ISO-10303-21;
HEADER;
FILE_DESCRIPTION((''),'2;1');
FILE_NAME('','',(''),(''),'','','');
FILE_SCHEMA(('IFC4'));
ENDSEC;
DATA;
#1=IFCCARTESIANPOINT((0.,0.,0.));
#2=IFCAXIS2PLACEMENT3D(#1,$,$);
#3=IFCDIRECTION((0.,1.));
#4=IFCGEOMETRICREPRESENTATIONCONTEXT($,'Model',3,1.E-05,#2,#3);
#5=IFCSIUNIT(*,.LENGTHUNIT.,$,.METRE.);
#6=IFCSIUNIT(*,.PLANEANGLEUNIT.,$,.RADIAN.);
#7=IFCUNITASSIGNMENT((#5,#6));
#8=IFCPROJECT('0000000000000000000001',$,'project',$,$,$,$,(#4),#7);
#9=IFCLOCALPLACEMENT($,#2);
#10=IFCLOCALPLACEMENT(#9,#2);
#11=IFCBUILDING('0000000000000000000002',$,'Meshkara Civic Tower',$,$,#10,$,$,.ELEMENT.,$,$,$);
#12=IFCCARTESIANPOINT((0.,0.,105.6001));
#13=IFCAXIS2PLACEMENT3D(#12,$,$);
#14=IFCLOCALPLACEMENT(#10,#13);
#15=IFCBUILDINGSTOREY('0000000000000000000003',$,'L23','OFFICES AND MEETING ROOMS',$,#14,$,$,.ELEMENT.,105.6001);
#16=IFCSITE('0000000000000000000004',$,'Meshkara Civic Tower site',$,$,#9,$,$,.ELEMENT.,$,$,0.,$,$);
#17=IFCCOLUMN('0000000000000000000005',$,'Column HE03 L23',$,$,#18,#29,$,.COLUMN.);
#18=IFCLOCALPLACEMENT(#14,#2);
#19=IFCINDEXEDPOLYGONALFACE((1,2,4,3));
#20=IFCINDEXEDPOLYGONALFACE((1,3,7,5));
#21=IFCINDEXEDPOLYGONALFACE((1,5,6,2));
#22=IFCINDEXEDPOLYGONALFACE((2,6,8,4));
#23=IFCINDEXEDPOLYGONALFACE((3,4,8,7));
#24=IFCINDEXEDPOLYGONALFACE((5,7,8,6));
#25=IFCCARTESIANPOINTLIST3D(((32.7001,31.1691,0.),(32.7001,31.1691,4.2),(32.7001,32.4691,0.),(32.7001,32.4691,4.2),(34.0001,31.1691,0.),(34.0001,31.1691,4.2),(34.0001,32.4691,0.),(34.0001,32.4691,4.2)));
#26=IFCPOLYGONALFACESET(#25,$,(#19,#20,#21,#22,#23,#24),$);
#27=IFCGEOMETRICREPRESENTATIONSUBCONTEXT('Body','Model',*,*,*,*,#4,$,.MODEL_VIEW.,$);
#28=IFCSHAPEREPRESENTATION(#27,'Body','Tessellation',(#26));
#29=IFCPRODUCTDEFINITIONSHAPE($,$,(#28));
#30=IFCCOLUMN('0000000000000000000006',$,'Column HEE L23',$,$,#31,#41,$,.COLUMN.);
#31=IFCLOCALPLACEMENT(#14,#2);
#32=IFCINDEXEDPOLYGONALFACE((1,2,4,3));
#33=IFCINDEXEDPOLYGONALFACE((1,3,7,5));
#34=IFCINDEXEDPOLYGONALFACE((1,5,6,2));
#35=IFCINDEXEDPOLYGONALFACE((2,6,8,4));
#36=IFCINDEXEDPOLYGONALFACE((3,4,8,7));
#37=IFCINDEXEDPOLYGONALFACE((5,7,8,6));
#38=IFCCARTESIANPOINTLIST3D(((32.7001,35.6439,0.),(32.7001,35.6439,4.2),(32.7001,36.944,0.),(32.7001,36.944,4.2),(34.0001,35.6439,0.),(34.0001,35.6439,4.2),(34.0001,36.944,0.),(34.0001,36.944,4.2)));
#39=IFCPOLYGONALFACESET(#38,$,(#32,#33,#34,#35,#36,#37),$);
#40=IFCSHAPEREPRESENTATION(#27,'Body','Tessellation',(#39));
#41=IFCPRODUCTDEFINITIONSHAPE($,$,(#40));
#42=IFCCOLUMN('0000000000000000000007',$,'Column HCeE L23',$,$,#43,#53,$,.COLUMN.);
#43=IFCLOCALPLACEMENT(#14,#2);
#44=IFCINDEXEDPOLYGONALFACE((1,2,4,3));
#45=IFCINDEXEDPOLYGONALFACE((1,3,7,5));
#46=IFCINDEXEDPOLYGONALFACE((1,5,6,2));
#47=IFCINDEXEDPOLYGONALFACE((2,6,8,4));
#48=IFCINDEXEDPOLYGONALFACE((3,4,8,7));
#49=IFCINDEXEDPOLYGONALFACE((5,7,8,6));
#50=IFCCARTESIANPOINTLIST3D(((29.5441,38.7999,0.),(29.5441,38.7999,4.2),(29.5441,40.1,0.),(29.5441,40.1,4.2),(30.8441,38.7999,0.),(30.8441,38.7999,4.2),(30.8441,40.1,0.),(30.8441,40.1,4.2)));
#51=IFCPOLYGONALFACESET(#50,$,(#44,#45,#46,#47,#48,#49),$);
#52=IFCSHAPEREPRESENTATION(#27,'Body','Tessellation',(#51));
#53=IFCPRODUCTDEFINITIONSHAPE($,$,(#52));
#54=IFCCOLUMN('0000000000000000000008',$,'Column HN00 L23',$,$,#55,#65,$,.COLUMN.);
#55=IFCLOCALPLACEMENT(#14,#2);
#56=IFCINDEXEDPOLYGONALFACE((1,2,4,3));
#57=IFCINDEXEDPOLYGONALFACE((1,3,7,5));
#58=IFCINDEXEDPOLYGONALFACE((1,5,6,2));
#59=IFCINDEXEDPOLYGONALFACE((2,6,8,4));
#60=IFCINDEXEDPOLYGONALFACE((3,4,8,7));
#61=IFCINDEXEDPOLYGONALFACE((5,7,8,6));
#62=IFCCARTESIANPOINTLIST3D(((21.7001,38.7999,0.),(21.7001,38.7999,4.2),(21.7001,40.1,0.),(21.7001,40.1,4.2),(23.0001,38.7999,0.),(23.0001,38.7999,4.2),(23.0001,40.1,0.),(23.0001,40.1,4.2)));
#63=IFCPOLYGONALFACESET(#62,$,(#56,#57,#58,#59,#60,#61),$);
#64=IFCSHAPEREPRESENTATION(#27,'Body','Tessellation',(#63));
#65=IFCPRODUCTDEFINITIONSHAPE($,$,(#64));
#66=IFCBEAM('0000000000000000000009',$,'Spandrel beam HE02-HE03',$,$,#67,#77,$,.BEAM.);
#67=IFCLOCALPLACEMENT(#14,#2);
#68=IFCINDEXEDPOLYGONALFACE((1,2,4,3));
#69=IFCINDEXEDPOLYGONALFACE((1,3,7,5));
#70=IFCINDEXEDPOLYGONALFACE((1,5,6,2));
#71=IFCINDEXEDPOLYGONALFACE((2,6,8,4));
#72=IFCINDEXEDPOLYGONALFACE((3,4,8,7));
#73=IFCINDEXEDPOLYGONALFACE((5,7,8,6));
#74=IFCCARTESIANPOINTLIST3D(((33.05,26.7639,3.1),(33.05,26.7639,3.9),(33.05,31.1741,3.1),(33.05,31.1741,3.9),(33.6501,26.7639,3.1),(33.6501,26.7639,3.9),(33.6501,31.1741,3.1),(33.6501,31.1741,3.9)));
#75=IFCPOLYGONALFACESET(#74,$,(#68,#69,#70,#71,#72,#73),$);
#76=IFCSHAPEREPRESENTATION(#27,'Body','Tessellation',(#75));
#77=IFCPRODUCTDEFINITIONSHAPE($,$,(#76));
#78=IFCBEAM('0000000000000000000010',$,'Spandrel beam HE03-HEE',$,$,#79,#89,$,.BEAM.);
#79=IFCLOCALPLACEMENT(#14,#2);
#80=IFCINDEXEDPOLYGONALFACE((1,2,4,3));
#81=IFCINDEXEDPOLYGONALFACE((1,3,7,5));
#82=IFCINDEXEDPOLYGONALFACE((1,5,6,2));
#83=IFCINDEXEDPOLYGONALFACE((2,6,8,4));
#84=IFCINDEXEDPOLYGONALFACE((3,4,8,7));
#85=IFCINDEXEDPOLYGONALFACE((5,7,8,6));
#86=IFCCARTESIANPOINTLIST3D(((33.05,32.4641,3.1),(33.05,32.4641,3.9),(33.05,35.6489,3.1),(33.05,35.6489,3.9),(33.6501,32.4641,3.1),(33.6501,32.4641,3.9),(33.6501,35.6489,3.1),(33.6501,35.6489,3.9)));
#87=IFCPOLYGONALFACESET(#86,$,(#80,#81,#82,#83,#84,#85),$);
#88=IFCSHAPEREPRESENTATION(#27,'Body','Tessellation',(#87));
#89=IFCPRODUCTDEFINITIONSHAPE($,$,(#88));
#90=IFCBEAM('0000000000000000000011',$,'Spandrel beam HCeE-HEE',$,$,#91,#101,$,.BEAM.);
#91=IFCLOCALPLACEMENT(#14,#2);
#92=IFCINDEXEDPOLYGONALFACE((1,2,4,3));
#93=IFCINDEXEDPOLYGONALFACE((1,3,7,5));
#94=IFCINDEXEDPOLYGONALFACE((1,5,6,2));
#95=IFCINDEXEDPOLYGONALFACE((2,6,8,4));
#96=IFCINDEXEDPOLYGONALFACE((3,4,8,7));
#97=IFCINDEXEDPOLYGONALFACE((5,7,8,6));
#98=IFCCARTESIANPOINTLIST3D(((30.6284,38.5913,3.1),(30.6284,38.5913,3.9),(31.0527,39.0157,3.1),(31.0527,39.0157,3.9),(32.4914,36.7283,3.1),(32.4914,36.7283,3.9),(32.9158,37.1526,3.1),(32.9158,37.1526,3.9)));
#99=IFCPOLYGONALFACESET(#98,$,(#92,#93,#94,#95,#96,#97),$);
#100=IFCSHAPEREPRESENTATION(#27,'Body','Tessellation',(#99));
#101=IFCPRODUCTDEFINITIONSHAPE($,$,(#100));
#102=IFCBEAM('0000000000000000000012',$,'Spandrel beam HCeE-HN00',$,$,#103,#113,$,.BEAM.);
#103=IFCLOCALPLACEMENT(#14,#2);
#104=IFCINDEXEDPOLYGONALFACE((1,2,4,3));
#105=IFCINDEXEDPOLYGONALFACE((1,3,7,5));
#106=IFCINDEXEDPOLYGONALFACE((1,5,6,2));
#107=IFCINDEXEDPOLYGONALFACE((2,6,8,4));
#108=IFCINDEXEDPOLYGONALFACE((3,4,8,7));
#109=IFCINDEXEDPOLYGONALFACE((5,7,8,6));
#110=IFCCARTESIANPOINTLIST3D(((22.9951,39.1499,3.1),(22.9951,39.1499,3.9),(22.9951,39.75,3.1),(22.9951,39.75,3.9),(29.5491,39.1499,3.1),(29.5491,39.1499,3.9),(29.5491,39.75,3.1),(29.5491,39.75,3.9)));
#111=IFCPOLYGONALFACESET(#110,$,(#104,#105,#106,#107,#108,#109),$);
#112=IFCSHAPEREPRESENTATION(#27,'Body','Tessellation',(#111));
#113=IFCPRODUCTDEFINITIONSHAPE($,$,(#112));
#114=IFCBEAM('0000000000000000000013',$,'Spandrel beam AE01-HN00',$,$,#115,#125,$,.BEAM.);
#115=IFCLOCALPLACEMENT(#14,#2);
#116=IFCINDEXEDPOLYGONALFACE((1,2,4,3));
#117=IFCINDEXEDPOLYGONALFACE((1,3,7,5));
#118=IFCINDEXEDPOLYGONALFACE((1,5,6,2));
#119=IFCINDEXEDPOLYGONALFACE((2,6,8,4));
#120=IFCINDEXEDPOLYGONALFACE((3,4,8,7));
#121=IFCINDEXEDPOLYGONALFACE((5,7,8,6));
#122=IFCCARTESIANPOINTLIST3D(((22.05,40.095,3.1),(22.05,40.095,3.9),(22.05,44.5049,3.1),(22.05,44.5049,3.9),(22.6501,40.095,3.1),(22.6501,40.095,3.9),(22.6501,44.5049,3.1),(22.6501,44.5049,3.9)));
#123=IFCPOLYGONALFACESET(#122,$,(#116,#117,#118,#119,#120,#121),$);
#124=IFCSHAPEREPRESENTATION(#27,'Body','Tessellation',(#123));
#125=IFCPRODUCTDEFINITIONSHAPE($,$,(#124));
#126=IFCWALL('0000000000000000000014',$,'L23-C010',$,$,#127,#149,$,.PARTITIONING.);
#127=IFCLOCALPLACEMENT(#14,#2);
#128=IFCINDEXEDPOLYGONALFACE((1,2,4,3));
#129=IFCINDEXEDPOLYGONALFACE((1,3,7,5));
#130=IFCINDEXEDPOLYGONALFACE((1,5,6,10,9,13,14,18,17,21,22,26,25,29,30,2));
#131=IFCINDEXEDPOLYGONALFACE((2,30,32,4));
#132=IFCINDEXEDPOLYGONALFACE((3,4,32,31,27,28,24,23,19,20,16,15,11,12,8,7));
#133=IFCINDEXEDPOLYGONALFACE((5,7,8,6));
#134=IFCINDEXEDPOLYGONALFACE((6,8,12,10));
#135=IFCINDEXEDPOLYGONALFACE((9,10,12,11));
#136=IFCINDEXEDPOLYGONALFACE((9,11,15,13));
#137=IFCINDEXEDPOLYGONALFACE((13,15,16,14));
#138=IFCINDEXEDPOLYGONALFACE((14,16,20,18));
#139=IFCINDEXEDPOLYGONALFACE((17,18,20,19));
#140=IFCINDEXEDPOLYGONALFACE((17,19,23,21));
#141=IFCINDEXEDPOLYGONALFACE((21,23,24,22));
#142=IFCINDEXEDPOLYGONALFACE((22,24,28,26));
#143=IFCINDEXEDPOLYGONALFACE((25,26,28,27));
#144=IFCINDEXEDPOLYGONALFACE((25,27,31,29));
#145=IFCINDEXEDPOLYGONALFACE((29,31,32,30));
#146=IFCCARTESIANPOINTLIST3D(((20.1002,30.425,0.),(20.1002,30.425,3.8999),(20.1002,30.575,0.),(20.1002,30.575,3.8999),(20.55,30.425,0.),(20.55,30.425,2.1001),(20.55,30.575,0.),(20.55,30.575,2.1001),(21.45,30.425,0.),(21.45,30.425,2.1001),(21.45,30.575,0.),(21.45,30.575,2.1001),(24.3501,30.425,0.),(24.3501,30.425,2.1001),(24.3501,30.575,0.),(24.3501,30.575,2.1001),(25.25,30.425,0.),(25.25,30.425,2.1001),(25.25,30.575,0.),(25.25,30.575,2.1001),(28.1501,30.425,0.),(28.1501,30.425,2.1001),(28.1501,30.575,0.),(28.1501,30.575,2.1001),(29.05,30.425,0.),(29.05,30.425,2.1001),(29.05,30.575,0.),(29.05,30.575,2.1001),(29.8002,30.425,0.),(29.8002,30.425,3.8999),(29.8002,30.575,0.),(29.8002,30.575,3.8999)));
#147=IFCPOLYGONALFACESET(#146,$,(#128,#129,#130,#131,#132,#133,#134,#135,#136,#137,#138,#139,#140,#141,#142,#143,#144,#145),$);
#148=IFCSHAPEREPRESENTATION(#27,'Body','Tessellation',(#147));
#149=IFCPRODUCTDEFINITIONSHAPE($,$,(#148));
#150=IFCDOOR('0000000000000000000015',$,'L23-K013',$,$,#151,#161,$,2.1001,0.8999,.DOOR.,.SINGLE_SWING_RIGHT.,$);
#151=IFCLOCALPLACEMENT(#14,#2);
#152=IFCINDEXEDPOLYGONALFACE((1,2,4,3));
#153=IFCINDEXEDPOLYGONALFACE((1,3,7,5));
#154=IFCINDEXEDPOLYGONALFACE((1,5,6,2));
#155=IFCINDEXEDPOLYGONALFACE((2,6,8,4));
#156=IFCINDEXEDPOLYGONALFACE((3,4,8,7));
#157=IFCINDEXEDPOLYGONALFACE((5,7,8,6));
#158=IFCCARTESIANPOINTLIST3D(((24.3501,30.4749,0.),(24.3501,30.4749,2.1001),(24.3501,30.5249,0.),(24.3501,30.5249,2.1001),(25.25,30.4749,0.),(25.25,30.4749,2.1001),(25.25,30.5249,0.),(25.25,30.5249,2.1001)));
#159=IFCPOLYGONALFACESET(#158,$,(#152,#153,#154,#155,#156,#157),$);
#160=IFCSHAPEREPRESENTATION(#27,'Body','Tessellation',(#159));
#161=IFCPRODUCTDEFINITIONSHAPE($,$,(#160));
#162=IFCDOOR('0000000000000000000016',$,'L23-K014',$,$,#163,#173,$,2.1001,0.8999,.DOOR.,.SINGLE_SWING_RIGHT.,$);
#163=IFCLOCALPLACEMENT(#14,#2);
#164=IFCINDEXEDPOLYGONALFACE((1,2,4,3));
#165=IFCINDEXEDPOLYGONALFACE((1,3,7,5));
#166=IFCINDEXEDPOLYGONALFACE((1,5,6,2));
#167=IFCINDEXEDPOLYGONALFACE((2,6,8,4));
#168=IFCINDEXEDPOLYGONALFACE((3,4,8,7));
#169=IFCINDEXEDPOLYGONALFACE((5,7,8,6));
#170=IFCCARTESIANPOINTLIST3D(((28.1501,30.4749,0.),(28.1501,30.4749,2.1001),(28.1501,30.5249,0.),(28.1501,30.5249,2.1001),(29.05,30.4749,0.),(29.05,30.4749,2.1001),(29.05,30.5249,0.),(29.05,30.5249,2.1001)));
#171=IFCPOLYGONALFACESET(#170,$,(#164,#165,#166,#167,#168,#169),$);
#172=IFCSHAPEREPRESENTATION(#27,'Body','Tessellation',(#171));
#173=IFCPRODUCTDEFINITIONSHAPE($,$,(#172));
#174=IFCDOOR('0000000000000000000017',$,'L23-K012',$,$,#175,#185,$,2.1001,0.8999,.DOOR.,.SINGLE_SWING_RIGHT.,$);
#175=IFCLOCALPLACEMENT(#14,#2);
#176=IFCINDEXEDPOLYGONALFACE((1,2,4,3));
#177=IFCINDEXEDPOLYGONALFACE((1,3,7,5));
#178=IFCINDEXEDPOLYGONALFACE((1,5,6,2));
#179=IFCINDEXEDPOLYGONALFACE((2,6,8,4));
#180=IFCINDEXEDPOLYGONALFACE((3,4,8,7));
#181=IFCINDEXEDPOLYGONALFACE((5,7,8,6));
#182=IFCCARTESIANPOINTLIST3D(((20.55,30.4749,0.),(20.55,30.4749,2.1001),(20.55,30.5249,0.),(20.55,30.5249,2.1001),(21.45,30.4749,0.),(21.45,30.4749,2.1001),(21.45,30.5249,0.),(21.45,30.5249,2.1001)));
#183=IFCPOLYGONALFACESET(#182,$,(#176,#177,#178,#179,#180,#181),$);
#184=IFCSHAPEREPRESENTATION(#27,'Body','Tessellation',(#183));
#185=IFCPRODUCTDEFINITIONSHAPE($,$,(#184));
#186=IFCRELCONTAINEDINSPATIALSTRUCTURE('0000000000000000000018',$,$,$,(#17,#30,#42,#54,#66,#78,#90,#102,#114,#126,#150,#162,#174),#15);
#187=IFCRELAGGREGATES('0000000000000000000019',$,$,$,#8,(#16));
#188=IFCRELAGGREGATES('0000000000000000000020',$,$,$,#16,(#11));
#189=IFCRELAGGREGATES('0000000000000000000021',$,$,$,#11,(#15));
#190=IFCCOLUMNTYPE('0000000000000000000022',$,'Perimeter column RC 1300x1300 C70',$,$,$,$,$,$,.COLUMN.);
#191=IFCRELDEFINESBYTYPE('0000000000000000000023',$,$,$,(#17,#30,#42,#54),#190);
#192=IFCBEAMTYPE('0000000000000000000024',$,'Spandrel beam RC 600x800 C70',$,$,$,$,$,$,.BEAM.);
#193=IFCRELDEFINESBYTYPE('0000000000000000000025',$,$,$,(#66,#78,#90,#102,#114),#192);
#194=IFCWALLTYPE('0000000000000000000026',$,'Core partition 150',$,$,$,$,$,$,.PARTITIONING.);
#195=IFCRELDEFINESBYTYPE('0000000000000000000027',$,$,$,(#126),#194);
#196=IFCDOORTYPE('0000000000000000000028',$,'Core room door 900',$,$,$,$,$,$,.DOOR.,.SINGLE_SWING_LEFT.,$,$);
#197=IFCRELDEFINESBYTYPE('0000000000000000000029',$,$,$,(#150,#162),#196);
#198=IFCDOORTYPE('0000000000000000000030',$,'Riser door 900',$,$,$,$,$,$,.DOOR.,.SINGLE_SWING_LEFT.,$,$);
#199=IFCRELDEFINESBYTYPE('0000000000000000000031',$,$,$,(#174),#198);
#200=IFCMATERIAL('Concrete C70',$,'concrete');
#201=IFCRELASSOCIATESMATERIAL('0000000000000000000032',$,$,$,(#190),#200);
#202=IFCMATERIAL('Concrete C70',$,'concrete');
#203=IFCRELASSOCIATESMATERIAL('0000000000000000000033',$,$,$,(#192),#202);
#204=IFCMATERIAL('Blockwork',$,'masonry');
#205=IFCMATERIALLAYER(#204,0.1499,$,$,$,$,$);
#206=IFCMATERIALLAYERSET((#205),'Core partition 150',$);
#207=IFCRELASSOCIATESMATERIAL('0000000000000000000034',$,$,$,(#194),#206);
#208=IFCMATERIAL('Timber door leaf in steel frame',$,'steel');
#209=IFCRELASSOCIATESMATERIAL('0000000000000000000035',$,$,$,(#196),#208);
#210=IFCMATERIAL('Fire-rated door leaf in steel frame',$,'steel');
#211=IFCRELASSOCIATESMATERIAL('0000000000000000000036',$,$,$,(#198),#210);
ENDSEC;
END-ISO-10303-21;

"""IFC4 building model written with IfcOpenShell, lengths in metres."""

from ifc_helpers import new_model, si_unit, direction, frame, frame_2d, origin, origin_2d, place, context, subcontext, project, spatial, rectangle, extrude, material, layer, layer_set, material_profile, profile_set, type_object, element, fill, save


model = new_model("IFC4")

# Units and contexts
model_context = context("Model", 3, precision=1e-05, world=origin(), true_north=direction((0.0, 1.0)))
body_context = subcontext(model_context, "Body", "Model", "MODEL_VIEW")
ifc_project = project(units=[si_unit("LENGTHUNIT", "METRE"), si_unit("PLANEANGLEUNIT", "RADIAN")], contexts=[model_context])

# Site, building, storey
site_placement = place(None, origin())
site = spatial("IfcSite", under=ifc_project, at=site_placement, Name="Meshkara Civic Tower site", CompositionType="ELEMENT", RefElevation=0.0)
building_placement = place(site_placement, origin())
building = spatial("IfcBuilding", under=site, at=building_placement, Name="Meshkara Civic Tower", CompositionType="ELEMENT")
storey_placement = place(building_placement, frame((0.0, 0.0, 105.6001)))
storey = spatial("IfcBuildingStorey", under=building, at=storey_placement, Name="L23", Description="OFFICES AND MEETING ROOMS", CompositionType="ELEMENT", Elevation=105.6001)

# Columns
ifc_material_1 = material(Name="Concrete C70", Category="concrete")
ifc_material_profile_1 = material_profile(ifc_material_1, rectangle(XDim=1.3, YDim=1.3, at=origin_2d()))
ifc_profile_set_1 = profile_set([ifc_material_profile_1], Name="Concrete C70")
column_type = type_object("IfcColumnType", Name="Perimeter column RC 1300x1300 C70", PredefinedType="COLUMN", material=ifc_profile_set_1)
for number, where, z_axis, x_axis, name in (
    (1, (33.3501, 31.8191, 0.0), (0.0, 0.0, 1.0), (1.0, 0.0, 0.0), "Column HE03 L23"),
    (2, (33.3501, 36.2939, 0.0), (0.0, 0.0, 1.0), (1.0, 0.0, 0.0), "Column HEE L23"),
    (3, (30.1941, 39.45, 0.0), (0.0, 0.0, 1.0), (1.0, 0.0, 0.0), "Column HCeE L23"),
    (4, (22.3501, 39.45, 0.0), (0.0, 0.0, 1.0), (1.0, 0.0, 0.0), "Column HN00 L23"),
):
    element("IfcColumn", number, at=place(storey_placement, frame(where, z_axis=z_axis, x_axis=x_axis)), inside=storey, type_object=column_type, Name=name, PredefinedType="COLUMN", context=body_context, shape_type="SweptSolid", body=[
        extrude(rectangle(XDim=1.3, YDim=1.3, at=origin_2d()), origin(), (0.0, 0.0, 1.0), 4.2),
    ])

# Beams
ifc_material_2 = material(Name="Concrete C70", Category="concrete")
ifc_material_profile_2 = material_profile(ifc_material_2, rectangle(XDim=0.6001, YDim=0.8, at=origin_2d()))
ifc_profile_set_2 = profile_set([ifc_material_profile_2], Name="Concrete C70")
beam_type = type_object("IfcBeamType", Name="Spandrel beam RC 600x800 C70", PredefinedType="BEAM", material=ifc_profile_set_2)
beam_1_placement = place(storey_placement, frame((33.3501, 26.7639, 3.5), z_axis=(0.0, 1.0, 0.0), x_axis=(-1.0, 0.0, 0.0)))
element("IfcBeam", 5, at=beam_1_placement, inside=storey, type_object=beam_type, Name="Spandrel beam HE02-HE03", PredefinedType="BEAM", context=body_context, shape_type="SweptSolid", body=[
    extrude(rectangle(XDim=0.6001, YDim=0.8, at=origin_2d()), origin(), (0.0, 0.0, 1.0), 4.4102),
])
beam_2_placement = place(storey_placement, frame((33.3501, 32.4641, 3.5), z_axis=(0.0, 1.0, 0.0), x_axis=(-1.0, 0.0, 0.0)))
element("IfcBeam", 6, at=beam_2_placement, inside=storey, type_object=beam_type, Name="Spandrel beam HE03-HEE", PredefinedType="BEAM", context=body_context, shape_type="SweptSolid", body=[
    extrude(rectangle(XDim=0.6001, YDim=0.8, at=origin_2d()), origin(), (0.0, 0.0, 1.0), 3.1848),
])
beam_3_placement = place(storey_placement, frame((32.7036, 36.9404, 3.5), z_axis=(-0.707107, 0.707107, 0.0), x_axis=(-0.707107, -0.707107, 0.0)))
element("IfcBeam", 7, at=beam_3_placement, inside=storey, type_object=beam_type, Name="Spandrel beam HCeE-HEE", PredefinedType="BEAM", context=body_context, shape_type="SweptSolid", body=[
    extrude(rectangle(XDim=0.6001, YDim=0.8, at=origin_2d()), origin(), (0.0, 0.0, 1.0), 2.6348),
])
beam_4_placement = place(storey_placement, frame((29.5491, 39.45, 3.5), z_axis=(-1.0, 0.0, 0.0), x_axis=(0.0, -1.0, 0.0)))
element("IfcBeam", 8, at=beam_4_placement, inside=storey, type_object=beam_type, Name="Spandrel beam HCeE-HN00", PredefinedType="BEAM", context=body_context, shape_type="SweptSolid", body=[
    extrude(rectangle(XDim=0.6001, YDim=0.8, at=origin_2d()), origin(), (0.0, 0.0, 1.0), 6.554),
])
beam_5_placement = place(storey_placement, frame((22.3501, 40.095, 3.5), z_axis=(0.0, 1.0, 0.0), x_axis=(-1.0, 0.0, 0.0)))
element("IfcBeam", 9, at=beam_5_placement, inside=storey, type_object=beam_type, Name="Spandrel beam AE01-HN00", PredefinedType="BEAM", context=body_context, shape_type="SweptSolid", body=[
    extrude(rectangle(XDim=0.6001, YDim=0.8, at=origin_2d()), origin(), (0.0, 0.0, 1.0), 4.4099),
])

# Wall, openings, doors
ifc_material_3 = material(Name="Blockwork", Category="masonry")
ifc_layer_1 = layer(ifc_material_3, 0.1499)
ifc_layer_set_1 = layer_set([ifc_layer_1], Name="Core partition 150")
wall_type_1 = type_object("IfcWallType", Name="Core partition 150", PredefinedType="PARTITIONING", material=ifc_layer_set_1)
wall_1_placement = place(storey_placement, frame((20.1001, 30.5, 0.0), z_axis=(0.0, 0.0, 1.0), x_axis=(1.0, 0.0, 0.0)))
wall_1 = element("IfcWall", 10, at=wall_1_placement, inside=storey, type_object=wall_type_1, Name="L23-C010", PredefinedType="PARTITIONING", context=body_context, shape_type="SweptSolid", body=[
    extrude(rectangle(XDim=9.7, YDim=0.1499, at=frame_2d((4.8501, 0.0))), origin(), (0.0, 0.0, 1.0), 3.8999),
])
opening_1_placement = place(wall_1_placement, frame((0.45, 0.0, 0.0)))
opening_1 = element("IfcOpeningElement", 11, at=opening_1_placement, cuts=wall_1, PredefinedType="OPENING", context=body_context, shape_type="SweptSolid", body=[
    extrude(rectangle(XDim=0.8999, YDim=2.1001, at=frame_2d((0.45, 1.05))), frame((0.0, 0.085, 0.0), z_axis=(0.0, -1.0, 0.0), x_axis=(1.0, 0.0, 0.0)), (0.0, 0.0, 1.0), 0.1699),
])
opening_2_placement = place(wall_1_placement, frame((4.25, 0.0, 0.0)))
opening_2 = element("IfcOpeningElement", 12, at=opening_2_placement, cuts=wall_1, PredefinedType="OPENING", context=body_context, shape_type="SweptSolid", body=[
    extrude(rectangle(XDim=0.8999, YDim=2.1001, at=frame_2d((0.45, 1.05))), frame((0.0, 0.085, 0.0), z_axis=(0.0, -1.0, 0.0), x_axis=(1.0, 0.0, 0.0)), (0.0, 0.0, 1.0), 0.1699),
])
opening_3_placement = place(wall_1_placement, frame((8.05, 0.0, 0.0)))
opening_3 = element("IfcOpeningElement", 13, at=opening_3_placement, cuts=wall_1, PredefinedType="OPENING", context=body_context, shape_type="SweptSolid", body=[
    extrude(rectangle(XDim=0.8999, YDim=2.1001, at=frame_2d((0.45, 1.05))), frame((0.0, 0.085, 0.0), z_axis=(0.0, -1.0, 0.0), x_axis=(1.0, 0.0, 0.0)), (0.0, 0.0, 1.0), 0.1699),
])
ifc_material_4 = material(Name="Timber door leaf in steel frame", Category="steel")
door_type_1 = type_object("IfcDoorType", Name="Core room door 900", OperationType="SINGLE_SWING_LEFT", PredefinedType="DOOR", material=ifc_material_4)
door_1_placement = place(opening_2_placement, origin())
door_1 = element("IfcDoor", 14, at=door_1_placement, inside=storey, type_object=door_type_1, Name="L23-K013", OperationType="SINGLE_SWING_RIGHT", OverallHeight=2.1001, OverallWidth=0.8999, PredefinedType="DOOR", context=body_context, shape_type="SweptSolid", body=[
    extrude(rectangle(XDim=0.8999, YDim=2.1001, at=frame_2d((0.45, 1.05))), frame((0.0, 0.0249, 0.0), z_axis=(0.0, -1.0, 0.0), x_axis=(1.0, 0.0, 0.0)), (0.0, 0.0, 1.0), 0.05),
])
fill(opening_2, door_1)
door_2_placement = place(opening_3_placement, origin())
door_2 = element("IfcDoor", 15, at=door_2_placement, inside=storey, type_object=door_type_1, Name="L23-K014", OperationType="SINGLE_SWING_RIGHT", OverallHeight=2.1001, OverallWidth=0.8999, PredefinedType="DOOR", context=body_context, shape_type="SweptSolid", body=[
    extrude(rectangle(XDim=0.8999, YDim=2.1001, at=frame_2d((0.45, 1.05))), frame((0.0, 0.0249, 0.0), z_axis=(0.0, -1.0, 0.0), x_axis=(1.0, 0.0, 0.0)), (0.0, 0.0, 1.0), 0.05),
])
fill(opening_3, door_2)
ifc_material_5 = material(Name="Fire-rated door leaf in steel frame", Category="steel")
door_type_2 = type_object("IfcDoorType", Name="Riser door 900", OperationType="SINGLE_SWING_LEFT", PredefinedType="DOOR", material=ifc_material_5)
door_3_placement = place(opening_1_placement, origin())
door_3 = element("IfcDoor", 16, at=door_3_placement, inside=storey, type_object=door_type_2, Name="L23-K012", OperationType="SINGLE_SWING_RIGHT", OverallHeight=2.1001, OverallWidth=0.8999, PredefinedType="DOOR", context=body_context, shape_type="SweptSolid", body=[
    extrude(rectangle(XDim=0.8999, YDim=2.1001, at=frame_2d((0.45, 1.05))), frame((0.0, 0.0249, 0.0), z_axis=(0.0, -1.0, 0.0), x_axis=(1.0, 0.0, 0.0)), (0.0, 0.0, 1.0), 0.05),
])
fill(opening_1, door_3)

save(model, "model.ifc")
